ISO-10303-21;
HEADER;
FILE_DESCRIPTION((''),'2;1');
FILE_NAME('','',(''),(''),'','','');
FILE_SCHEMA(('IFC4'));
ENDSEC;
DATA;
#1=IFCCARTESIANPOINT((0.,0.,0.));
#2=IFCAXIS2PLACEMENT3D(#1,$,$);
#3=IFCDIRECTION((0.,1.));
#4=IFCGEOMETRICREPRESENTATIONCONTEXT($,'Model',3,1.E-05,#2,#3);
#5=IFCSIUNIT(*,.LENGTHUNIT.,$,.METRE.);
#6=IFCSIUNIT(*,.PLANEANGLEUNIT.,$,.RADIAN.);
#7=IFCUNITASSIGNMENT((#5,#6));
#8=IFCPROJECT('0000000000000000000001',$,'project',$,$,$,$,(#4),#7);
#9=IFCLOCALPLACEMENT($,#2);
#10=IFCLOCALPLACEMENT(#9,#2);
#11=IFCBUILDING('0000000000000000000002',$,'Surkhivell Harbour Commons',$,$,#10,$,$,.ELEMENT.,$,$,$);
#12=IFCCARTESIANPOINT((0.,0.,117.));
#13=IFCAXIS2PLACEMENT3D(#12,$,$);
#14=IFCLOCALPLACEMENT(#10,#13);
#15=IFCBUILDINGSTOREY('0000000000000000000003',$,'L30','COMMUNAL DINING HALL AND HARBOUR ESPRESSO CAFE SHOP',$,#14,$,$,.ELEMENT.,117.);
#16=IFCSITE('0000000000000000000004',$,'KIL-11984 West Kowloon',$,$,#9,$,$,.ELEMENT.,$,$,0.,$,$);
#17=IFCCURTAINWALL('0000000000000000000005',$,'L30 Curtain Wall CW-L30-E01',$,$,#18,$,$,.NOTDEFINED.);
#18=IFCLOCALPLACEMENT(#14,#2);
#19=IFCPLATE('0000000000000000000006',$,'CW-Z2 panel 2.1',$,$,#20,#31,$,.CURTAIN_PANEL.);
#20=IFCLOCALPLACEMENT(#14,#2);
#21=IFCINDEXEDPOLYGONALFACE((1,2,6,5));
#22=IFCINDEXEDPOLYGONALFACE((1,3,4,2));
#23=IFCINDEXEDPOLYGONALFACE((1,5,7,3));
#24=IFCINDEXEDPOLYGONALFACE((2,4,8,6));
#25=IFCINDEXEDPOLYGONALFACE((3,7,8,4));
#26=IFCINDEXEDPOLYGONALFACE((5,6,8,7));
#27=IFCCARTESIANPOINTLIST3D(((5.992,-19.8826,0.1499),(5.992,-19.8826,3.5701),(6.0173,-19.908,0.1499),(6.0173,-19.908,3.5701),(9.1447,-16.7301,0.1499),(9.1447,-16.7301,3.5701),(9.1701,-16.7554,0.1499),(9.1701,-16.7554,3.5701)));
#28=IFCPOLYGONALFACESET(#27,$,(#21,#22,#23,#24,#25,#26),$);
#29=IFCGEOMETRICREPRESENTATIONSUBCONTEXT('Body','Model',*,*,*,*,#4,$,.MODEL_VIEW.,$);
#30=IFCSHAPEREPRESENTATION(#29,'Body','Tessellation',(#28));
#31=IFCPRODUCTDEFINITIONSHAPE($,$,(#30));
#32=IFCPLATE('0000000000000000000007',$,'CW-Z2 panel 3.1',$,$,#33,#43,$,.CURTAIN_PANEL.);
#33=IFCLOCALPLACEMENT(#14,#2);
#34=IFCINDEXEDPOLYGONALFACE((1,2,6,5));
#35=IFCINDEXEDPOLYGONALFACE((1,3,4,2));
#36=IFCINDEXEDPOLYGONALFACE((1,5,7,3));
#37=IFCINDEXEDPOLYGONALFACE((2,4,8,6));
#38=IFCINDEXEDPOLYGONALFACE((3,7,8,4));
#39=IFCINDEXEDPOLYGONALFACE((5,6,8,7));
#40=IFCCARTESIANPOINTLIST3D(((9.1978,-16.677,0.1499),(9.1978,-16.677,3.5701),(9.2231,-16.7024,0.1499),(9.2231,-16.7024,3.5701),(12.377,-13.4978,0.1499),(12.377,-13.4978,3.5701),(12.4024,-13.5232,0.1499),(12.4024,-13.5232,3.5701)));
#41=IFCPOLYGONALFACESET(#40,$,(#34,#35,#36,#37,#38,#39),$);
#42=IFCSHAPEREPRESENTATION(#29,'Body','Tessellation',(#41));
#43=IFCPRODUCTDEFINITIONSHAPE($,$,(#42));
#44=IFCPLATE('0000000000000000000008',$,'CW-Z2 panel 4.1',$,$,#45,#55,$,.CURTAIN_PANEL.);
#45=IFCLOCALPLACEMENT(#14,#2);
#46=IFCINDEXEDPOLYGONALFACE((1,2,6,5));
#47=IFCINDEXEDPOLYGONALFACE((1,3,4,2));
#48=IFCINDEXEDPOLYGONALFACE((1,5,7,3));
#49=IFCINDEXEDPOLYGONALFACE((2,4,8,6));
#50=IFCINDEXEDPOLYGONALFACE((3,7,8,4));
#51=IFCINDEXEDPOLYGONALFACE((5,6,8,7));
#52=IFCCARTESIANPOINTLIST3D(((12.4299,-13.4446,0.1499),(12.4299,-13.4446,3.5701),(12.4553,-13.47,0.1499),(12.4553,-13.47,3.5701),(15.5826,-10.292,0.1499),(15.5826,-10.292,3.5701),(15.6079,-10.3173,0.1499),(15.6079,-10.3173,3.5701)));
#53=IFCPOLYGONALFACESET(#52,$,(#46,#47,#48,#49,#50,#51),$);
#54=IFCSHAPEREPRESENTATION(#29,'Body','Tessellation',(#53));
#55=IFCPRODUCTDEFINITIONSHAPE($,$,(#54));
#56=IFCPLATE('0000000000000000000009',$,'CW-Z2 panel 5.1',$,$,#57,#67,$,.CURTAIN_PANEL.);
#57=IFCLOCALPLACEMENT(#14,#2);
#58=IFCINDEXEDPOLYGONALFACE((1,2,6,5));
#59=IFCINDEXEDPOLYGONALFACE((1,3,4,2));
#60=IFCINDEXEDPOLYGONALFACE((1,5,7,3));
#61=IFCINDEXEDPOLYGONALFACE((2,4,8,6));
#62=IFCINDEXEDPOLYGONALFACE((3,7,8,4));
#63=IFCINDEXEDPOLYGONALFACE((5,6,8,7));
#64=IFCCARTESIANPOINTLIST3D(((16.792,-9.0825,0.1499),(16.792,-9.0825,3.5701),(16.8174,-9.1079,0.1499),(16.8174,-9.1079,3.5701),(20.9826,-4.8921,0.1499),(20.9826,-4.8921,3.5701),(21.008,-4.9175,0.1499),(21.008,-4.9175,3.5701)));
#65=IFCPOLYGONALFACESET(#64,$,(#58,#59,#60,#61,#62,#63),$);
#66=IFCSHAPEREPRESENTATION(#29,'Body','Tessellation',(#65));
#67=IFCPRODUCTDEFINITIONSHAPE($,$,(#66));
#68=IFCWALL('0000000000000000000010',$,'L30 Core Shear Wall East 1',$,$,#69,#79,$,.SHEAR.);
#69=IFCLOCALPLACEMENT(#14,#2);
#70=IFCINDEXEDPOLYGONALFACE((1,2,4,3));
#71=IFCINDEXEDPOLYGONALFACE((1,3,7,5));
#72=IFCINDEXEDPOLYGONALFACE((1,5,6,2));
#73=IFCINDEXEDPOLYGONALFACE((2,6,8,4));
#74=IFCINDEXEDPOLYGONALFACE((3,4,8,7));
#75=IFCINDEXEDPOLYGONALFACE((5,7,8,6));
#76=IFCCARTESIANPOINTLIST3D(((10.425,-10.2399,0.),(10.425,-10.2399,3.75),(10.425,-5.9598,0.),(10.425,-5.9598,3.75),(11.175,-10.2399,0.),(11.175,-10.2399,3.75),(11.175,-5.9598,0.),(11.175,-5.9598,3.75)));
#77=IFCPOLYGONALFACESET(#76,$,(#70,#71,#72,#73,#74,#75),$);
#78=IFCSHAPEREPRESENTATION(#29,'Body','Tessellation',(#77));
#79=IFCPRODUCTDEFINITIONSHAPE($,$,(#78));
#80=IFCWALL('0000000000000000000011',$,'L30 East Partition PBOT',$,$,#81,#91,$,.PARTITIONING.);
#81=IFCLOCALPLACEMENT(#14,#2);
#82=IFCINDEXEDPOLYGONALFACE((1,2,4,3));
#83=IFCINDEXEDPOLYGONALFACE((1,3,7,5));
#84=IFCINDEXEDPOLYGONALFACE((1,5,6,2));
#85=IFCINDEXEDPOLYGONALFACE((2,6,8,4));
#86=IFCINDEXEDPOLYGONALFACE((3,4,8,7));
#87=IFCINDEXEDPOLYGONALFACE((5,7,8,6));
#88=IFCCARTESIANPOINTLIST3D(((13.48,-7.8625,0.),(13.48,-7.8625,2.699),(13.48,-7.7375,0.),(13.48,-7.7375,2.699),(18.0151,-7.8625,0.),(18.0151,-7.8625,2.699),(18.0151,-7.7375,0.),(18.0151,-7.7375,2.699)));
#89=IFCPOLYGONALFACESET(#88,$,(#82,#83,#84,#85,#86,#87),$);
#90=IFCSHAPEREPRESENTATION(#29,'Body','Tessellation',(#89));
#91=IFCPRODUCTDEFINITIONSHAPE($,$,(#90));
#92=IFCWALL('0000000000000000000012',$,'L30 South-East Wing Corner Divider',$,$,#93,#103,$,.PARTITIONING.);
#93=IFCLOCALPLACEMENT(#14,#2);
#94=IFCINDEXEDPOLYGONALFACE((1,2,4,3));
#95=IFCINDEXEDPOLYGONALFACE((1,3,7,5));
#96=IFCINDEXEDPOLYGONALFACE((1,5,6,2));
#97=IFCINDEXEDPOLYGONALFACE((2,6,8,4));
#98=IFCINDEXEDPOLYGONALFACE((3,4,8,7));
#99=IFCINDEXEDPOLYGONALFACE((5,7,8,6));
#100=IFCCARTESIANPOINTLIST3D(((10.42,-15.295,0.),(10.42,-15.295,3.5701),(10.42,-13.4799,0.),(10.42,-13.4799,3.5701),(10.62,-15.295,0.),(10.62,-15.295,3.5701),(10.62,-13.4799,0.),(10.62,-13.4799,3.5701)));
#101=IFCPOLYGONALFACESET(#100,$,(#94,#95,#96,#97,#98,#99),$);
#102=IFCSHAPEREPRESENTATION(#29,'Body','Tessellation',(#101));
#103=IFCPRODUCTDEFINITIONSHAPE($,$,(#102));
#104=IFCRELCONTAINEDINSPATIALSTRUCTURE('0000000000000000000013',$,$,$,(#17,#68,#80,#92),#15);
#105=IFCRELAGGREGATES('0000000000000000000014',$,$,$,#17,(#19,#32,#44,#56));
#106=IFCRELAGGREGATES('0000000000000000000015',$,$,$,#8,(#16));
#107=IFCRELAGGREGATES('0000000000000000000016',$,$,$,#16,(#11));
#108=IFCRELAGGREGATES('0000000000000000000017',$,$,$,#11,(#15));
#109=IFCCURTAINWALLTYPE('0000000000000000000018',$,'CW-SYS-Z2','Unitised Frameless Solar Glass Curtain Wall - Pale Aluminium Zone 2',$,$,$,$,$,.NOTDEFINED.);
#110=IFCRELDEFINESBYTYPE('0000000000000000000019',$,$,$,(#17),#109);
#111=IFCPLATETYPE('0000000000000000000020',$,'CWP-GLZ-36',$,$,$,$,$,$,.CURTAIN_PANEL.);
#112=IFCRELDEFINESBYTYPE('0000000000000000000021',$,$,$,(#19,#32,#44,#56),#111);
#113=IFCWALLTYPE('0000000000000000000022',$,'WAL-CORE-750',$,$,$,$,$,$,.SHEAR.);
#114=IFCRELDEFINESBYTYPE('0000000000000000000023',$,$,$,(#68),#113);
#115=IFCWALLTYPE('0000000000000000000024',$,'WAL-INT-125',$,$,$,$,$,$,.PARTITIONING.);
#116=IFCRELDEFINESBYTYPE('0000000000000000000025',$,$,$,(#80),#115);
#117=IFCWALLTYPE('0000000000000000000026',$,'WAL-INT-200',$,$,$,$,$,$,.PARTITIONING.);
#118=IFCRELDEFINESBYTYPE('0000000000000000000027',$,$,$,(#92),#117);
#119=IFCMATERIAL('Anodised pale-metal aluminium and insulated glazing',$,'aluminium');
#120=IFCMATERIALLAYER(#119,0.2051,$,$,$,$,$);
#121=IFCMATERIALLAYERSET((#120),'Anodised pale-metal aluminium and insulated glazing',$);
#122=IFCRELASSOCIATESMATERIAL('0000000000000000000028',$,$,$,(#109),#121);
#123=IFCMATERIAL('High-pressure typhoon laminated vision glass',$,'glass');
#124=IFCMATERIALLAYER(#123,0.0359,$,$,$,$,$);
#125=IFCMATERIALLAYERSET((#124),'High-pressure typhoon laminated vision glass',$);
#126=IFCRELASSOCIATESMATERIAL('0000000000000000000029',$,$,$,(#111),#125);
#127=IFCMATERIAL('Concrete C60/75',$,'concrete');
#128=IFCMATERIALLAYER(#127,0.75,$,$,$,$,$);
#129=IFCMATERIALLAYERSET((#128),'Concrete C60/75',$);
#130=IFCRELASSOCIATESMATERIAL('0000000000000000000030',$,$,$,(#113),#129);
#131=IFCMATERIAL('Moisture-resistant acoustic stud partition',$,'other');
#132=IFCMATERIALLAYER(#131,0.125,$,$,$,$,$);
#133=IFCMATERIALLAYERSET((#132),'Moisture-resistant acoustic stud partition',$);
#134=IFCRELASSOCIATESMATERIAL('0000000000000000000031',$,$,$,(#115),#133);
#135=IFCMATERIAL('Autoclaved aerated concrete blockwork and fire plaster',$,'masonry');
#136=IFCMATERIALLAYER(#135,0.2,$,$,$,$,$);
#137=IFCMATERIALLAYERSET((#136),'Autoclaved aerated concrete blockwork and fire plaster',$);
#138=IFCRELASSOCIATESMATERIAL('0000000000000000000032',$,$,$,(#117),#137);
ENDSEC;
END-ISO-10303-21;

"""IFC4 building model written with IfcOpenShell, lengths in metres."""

from ifc_helpers import new_model, si_unit, direction, frame, frame_2d, origin, place, context, subcontext, project, spatial, rectangle, extrude, material, layer, layer_set, type_object, element, aggregate, save


model = new_model("IFC4")

# Units and contexts
model_context = context("Model", 3, precision=1e-05, world=origin(), true_north=direction((0.0, 1.0)))
body_context = subcontext(model_context, "Body", "Model", "MODEL_VIEW")
ifc_project = project(units=[si_unit("LENGTHUNIT", "METRE"), si_unit("PLANEANGLEUNIT", "RADIAN")], contexts=[model_context])

# Site, building, storey
site_placement = place(None, origin())
site = spatial("IfcSite", under=ifc_project, at=site_placement, Name="KIL-11984 West Kowloon", CompositionType="ELEMENT", RefElevation=0.0)
building_placement = place(site_placement, origin())
building = spatial("IfcBuilding", under=site, at=building_placement, Name="Surkhivell Harbour Commons", CompositionType="ELEMENT")
storey_placement = place(building_placement, frame((0.0, 0.0, 117.0)))
storey = spatial("IfcBuildingStorey", under=building, at=storey_placement, Name="L30", Description="COMMUNAL DINING HALL AND HARBOUR ESPRESSO CAFE SHOP", CompositionType="ELEMENT", Elevation=117.0)

# Shared definitions
ifc_material_1 = material(Name="Concrete C60/75", Category="concrete")

# Curtain wall, plates
ifc_material_2 = material(Name="Anodised pale-metal aluminium and insulated glazing", Category="aluminium")
ifc_layer_1 = layer(ifc_material_2, 0.2051)
ifc_layer_set_1 = layer_set([ifc_layer_1], Name="Anodised pale-metal aluminium and insulated glazing")
curtain_wall_type = type_object("IfcCurtainWallType", Name="CW-SYS-Z2", Description="Unitised Frameless Solar Glass Curtain Wall - Pale Aluminium Zone 2", PredefinedType="NOTDEFINED", material=ifc_layer_set_1)
curtain_wall_placement = place(storey_placement, origin())
curtain_wall = element("IfcCurtainWall", 1, at=curtain_wall_placement, inside=storey, type_object=curtain_wall_type, Name="L30 Curtain Wall CW-L30-E01", PredefinedType="NOTDEFINED")
ifc_material_3 = material(Name="High-pressure typhoon laminated vision glass", Category="glass")
ifc_layer_2 = layer(ifc_material_3, 0.0359)
ifc_layer_set_2 = layer_set([ifc_layer_2], Name="High-pressure typhoon laminated vision glass")
plate_type = type_object("IfcPlateType", Name="CWP-GLZ-36", PredefinedType="CURTAIN_PANEL", material=ifc_layer_set_2)
plate_1_placement = place(storey_placement, frame((6.0046, -19.8953, 0.1499), z_axis=(0.0, 0.0, 1.0), x_axis=(0.707134, 0.707079, 0.0)))
plate_1 = element("IfcPlate", 2, at=plate_1_placement, type_object=plate_type, Name="CW-Z2 panel 2.1", PredefinedType="CURTAIN_PANEL", context=body_context, shape_type="SweptSolid", body=[
    extrude(rectangle(XDim=4.4585, YDim=0.0359, at=frame_2d((2.2292, 0.0))), origin(), (0.0, 0.0, 1.0), 3.4202),
])
plate_2_placement = place(storey_placement, frame((9.2104, -16.6897, 0.1499), z_axis=(0.0, 0.0, 1.0), x_axis=(0.707107, 0.707107, 0.0)))
plate_2 = element("IfcPlate", 3, at=plate_2_placement, type_object=plate_type, Name="CW-Z2 panel 3.1", PredefinedType="CURTAIN_PANEL", context=body_context, shape_type="SweptSolid", body=[
    extrude(rectangle(XDim=4.4961, YDim=0.0359, at=frame_2d((2.248, 0.0))), origin(), (0.0, 0.0, 1.0), 3.4202),
])
plate_3_placement = place(storey_placement, frame((12.4426, -13.4573, 0.1499), z_axis=(0.0, 0.0, 1.0), x_axis=(0.707107, 0.707107, 0.0)))
plate_3 = element("IfcPlate", 4, at=plate_3_placement, type_object=plate_type, Name="CW-Z2 panel 4.1", PredefinedType="CURTAIN_PANEL", context=body_context, shape_type="SweptSolid", body=[
    extrude(rectangle(XDim=4.4585, YDim=0.0359, at=frame_2d((2.2292, 0.0))), origin(), (0.0, 0.0, 1.0), 3.4202),
])
plate_4_placement = place(storey_placement, frame((16.8047, -9.0952, 0.1499), z_axis=(0.0, 0.0, 1.0), x_axis=(0.707127, 0.707086, 0.0)))
plate_4 = element("IfcPlate", 5, at=plate_4_placement, type_object=plate_type, Name="CW-Z2 panel 5.1", PredefinedType="CURTAIN_PANEL", context=body_context, shape_type="SweptSolid", body=[
    extrude(rectangle(XDim=5.9263, YDim=0.0359, at=frame_2d((2.9631, 0.0))), origin(), (0.0, 0.0, 1.0), 3.4202),
])
aggregate(curtain_wall, [plate_1, plate_2, plate_3, plate_4])

# Walls
ifc_layer_3 = layer(ifc_material_1, 0.75)
ifc_layer_set_3 = layer_set([ifc_layer_3], Name="Concrete C60/75")
wall_type_1 = type_object("IfcWallType", Name="WAL-CORE-750", PredefinedType="SHEAR", material=ifc_layer_set_3)
wall_1_placement = place(storey_placement, frame((10.8, -10.24, 0.0), z_axis=(0.0, 0.0, 1.0), x_axis=(0.0, 1.0, 0.0)))
element("IfcWall", 6, at=wall_1_placement, inside=storey, type_object=wall_type_1, Name="L30 Core Shear Wall East 1", PredefinedType="SHEAR", context=body_context, shape_type="SweptSolid", body=[
    extrude(rectangle(XDim=4.28, YDim=0.75, at=frame_2d((2.1401, 0.0))), origin(), (0.0, 0.0, 1.0), 3.75),
])
ifc_material_4 = material(Name="Moisture-resistant acoustic stud partition", Category="other")
ifc_layer_4 = layer(ifc_material_4, 0.125)
ifc_layer_set_4 = layer_set([ifc_layer_4], Name="Moisture-resistant acoustic stud partition")
wall_type_2 = type_object("IfcWallType", Name="WAL-INT-125", PredefinedType="PARTITIONING", material=ifc_layer_set_4)
wall_2_placement = place(storey_placement, frame((13.48, -7.8, 0.0), z_axis=(0.0, 0.0, 1.0), x_axis=(1.0, 0.0, 0.0)))
element("IfcWall", 7, at=wall_2_placement, inside=storey, type_object=wall_type_2, Name="L30 East Partition PBOT", PredefinedType="PARTITIONING", context=body_context, shape_type="SweptSolid", body=[
    extrude(rectangle(XDim=4.5352, YDim=0.125, at=frame_2d((2.2676, 0.0))), origin(), (0.0, 0.0, 1.0), 2.699),
])
ifc_material_5 = material(Name="Autoclaved aerated concrete blockwork and fire plaster", Category="masonry")
ifc_layer_5 = layer(ifc_material_5, 0.2)
ifc_layer_set_5 = layer_set([ifc_layer_5], Name="Autoclaved aerated concrete blockwork and fire plaster")
wall_type_3 = type_object("IfcWallType", Name="WAL-INT-200", PredefinedType="PARTITIONING", material=ifc_layer_set_5)
wall_3_placement = place(storey_placement, frame((10.52, -15.2952, 0.0), z_axis=(0.0, 0.0, 1.0), x_axis=(0.0, 1.0, 0.0)))
element("IfcWall", 8, at=wall_3_placement, inside=storey, type_object=wall_type_3, Name="L30 South-East Wing Corner Divider", PredefinedType="PARTITIONING", context=body_context, shape_type="SweptSolid", body=[
    extrude(rectangle(XDim=1.8152, YDim=0.2, at=frame_2d((0.9077, 0.0))), origin(), (0.0, 0.0, 1.0), 3.5701),
])

save(model, "model.ifc")
